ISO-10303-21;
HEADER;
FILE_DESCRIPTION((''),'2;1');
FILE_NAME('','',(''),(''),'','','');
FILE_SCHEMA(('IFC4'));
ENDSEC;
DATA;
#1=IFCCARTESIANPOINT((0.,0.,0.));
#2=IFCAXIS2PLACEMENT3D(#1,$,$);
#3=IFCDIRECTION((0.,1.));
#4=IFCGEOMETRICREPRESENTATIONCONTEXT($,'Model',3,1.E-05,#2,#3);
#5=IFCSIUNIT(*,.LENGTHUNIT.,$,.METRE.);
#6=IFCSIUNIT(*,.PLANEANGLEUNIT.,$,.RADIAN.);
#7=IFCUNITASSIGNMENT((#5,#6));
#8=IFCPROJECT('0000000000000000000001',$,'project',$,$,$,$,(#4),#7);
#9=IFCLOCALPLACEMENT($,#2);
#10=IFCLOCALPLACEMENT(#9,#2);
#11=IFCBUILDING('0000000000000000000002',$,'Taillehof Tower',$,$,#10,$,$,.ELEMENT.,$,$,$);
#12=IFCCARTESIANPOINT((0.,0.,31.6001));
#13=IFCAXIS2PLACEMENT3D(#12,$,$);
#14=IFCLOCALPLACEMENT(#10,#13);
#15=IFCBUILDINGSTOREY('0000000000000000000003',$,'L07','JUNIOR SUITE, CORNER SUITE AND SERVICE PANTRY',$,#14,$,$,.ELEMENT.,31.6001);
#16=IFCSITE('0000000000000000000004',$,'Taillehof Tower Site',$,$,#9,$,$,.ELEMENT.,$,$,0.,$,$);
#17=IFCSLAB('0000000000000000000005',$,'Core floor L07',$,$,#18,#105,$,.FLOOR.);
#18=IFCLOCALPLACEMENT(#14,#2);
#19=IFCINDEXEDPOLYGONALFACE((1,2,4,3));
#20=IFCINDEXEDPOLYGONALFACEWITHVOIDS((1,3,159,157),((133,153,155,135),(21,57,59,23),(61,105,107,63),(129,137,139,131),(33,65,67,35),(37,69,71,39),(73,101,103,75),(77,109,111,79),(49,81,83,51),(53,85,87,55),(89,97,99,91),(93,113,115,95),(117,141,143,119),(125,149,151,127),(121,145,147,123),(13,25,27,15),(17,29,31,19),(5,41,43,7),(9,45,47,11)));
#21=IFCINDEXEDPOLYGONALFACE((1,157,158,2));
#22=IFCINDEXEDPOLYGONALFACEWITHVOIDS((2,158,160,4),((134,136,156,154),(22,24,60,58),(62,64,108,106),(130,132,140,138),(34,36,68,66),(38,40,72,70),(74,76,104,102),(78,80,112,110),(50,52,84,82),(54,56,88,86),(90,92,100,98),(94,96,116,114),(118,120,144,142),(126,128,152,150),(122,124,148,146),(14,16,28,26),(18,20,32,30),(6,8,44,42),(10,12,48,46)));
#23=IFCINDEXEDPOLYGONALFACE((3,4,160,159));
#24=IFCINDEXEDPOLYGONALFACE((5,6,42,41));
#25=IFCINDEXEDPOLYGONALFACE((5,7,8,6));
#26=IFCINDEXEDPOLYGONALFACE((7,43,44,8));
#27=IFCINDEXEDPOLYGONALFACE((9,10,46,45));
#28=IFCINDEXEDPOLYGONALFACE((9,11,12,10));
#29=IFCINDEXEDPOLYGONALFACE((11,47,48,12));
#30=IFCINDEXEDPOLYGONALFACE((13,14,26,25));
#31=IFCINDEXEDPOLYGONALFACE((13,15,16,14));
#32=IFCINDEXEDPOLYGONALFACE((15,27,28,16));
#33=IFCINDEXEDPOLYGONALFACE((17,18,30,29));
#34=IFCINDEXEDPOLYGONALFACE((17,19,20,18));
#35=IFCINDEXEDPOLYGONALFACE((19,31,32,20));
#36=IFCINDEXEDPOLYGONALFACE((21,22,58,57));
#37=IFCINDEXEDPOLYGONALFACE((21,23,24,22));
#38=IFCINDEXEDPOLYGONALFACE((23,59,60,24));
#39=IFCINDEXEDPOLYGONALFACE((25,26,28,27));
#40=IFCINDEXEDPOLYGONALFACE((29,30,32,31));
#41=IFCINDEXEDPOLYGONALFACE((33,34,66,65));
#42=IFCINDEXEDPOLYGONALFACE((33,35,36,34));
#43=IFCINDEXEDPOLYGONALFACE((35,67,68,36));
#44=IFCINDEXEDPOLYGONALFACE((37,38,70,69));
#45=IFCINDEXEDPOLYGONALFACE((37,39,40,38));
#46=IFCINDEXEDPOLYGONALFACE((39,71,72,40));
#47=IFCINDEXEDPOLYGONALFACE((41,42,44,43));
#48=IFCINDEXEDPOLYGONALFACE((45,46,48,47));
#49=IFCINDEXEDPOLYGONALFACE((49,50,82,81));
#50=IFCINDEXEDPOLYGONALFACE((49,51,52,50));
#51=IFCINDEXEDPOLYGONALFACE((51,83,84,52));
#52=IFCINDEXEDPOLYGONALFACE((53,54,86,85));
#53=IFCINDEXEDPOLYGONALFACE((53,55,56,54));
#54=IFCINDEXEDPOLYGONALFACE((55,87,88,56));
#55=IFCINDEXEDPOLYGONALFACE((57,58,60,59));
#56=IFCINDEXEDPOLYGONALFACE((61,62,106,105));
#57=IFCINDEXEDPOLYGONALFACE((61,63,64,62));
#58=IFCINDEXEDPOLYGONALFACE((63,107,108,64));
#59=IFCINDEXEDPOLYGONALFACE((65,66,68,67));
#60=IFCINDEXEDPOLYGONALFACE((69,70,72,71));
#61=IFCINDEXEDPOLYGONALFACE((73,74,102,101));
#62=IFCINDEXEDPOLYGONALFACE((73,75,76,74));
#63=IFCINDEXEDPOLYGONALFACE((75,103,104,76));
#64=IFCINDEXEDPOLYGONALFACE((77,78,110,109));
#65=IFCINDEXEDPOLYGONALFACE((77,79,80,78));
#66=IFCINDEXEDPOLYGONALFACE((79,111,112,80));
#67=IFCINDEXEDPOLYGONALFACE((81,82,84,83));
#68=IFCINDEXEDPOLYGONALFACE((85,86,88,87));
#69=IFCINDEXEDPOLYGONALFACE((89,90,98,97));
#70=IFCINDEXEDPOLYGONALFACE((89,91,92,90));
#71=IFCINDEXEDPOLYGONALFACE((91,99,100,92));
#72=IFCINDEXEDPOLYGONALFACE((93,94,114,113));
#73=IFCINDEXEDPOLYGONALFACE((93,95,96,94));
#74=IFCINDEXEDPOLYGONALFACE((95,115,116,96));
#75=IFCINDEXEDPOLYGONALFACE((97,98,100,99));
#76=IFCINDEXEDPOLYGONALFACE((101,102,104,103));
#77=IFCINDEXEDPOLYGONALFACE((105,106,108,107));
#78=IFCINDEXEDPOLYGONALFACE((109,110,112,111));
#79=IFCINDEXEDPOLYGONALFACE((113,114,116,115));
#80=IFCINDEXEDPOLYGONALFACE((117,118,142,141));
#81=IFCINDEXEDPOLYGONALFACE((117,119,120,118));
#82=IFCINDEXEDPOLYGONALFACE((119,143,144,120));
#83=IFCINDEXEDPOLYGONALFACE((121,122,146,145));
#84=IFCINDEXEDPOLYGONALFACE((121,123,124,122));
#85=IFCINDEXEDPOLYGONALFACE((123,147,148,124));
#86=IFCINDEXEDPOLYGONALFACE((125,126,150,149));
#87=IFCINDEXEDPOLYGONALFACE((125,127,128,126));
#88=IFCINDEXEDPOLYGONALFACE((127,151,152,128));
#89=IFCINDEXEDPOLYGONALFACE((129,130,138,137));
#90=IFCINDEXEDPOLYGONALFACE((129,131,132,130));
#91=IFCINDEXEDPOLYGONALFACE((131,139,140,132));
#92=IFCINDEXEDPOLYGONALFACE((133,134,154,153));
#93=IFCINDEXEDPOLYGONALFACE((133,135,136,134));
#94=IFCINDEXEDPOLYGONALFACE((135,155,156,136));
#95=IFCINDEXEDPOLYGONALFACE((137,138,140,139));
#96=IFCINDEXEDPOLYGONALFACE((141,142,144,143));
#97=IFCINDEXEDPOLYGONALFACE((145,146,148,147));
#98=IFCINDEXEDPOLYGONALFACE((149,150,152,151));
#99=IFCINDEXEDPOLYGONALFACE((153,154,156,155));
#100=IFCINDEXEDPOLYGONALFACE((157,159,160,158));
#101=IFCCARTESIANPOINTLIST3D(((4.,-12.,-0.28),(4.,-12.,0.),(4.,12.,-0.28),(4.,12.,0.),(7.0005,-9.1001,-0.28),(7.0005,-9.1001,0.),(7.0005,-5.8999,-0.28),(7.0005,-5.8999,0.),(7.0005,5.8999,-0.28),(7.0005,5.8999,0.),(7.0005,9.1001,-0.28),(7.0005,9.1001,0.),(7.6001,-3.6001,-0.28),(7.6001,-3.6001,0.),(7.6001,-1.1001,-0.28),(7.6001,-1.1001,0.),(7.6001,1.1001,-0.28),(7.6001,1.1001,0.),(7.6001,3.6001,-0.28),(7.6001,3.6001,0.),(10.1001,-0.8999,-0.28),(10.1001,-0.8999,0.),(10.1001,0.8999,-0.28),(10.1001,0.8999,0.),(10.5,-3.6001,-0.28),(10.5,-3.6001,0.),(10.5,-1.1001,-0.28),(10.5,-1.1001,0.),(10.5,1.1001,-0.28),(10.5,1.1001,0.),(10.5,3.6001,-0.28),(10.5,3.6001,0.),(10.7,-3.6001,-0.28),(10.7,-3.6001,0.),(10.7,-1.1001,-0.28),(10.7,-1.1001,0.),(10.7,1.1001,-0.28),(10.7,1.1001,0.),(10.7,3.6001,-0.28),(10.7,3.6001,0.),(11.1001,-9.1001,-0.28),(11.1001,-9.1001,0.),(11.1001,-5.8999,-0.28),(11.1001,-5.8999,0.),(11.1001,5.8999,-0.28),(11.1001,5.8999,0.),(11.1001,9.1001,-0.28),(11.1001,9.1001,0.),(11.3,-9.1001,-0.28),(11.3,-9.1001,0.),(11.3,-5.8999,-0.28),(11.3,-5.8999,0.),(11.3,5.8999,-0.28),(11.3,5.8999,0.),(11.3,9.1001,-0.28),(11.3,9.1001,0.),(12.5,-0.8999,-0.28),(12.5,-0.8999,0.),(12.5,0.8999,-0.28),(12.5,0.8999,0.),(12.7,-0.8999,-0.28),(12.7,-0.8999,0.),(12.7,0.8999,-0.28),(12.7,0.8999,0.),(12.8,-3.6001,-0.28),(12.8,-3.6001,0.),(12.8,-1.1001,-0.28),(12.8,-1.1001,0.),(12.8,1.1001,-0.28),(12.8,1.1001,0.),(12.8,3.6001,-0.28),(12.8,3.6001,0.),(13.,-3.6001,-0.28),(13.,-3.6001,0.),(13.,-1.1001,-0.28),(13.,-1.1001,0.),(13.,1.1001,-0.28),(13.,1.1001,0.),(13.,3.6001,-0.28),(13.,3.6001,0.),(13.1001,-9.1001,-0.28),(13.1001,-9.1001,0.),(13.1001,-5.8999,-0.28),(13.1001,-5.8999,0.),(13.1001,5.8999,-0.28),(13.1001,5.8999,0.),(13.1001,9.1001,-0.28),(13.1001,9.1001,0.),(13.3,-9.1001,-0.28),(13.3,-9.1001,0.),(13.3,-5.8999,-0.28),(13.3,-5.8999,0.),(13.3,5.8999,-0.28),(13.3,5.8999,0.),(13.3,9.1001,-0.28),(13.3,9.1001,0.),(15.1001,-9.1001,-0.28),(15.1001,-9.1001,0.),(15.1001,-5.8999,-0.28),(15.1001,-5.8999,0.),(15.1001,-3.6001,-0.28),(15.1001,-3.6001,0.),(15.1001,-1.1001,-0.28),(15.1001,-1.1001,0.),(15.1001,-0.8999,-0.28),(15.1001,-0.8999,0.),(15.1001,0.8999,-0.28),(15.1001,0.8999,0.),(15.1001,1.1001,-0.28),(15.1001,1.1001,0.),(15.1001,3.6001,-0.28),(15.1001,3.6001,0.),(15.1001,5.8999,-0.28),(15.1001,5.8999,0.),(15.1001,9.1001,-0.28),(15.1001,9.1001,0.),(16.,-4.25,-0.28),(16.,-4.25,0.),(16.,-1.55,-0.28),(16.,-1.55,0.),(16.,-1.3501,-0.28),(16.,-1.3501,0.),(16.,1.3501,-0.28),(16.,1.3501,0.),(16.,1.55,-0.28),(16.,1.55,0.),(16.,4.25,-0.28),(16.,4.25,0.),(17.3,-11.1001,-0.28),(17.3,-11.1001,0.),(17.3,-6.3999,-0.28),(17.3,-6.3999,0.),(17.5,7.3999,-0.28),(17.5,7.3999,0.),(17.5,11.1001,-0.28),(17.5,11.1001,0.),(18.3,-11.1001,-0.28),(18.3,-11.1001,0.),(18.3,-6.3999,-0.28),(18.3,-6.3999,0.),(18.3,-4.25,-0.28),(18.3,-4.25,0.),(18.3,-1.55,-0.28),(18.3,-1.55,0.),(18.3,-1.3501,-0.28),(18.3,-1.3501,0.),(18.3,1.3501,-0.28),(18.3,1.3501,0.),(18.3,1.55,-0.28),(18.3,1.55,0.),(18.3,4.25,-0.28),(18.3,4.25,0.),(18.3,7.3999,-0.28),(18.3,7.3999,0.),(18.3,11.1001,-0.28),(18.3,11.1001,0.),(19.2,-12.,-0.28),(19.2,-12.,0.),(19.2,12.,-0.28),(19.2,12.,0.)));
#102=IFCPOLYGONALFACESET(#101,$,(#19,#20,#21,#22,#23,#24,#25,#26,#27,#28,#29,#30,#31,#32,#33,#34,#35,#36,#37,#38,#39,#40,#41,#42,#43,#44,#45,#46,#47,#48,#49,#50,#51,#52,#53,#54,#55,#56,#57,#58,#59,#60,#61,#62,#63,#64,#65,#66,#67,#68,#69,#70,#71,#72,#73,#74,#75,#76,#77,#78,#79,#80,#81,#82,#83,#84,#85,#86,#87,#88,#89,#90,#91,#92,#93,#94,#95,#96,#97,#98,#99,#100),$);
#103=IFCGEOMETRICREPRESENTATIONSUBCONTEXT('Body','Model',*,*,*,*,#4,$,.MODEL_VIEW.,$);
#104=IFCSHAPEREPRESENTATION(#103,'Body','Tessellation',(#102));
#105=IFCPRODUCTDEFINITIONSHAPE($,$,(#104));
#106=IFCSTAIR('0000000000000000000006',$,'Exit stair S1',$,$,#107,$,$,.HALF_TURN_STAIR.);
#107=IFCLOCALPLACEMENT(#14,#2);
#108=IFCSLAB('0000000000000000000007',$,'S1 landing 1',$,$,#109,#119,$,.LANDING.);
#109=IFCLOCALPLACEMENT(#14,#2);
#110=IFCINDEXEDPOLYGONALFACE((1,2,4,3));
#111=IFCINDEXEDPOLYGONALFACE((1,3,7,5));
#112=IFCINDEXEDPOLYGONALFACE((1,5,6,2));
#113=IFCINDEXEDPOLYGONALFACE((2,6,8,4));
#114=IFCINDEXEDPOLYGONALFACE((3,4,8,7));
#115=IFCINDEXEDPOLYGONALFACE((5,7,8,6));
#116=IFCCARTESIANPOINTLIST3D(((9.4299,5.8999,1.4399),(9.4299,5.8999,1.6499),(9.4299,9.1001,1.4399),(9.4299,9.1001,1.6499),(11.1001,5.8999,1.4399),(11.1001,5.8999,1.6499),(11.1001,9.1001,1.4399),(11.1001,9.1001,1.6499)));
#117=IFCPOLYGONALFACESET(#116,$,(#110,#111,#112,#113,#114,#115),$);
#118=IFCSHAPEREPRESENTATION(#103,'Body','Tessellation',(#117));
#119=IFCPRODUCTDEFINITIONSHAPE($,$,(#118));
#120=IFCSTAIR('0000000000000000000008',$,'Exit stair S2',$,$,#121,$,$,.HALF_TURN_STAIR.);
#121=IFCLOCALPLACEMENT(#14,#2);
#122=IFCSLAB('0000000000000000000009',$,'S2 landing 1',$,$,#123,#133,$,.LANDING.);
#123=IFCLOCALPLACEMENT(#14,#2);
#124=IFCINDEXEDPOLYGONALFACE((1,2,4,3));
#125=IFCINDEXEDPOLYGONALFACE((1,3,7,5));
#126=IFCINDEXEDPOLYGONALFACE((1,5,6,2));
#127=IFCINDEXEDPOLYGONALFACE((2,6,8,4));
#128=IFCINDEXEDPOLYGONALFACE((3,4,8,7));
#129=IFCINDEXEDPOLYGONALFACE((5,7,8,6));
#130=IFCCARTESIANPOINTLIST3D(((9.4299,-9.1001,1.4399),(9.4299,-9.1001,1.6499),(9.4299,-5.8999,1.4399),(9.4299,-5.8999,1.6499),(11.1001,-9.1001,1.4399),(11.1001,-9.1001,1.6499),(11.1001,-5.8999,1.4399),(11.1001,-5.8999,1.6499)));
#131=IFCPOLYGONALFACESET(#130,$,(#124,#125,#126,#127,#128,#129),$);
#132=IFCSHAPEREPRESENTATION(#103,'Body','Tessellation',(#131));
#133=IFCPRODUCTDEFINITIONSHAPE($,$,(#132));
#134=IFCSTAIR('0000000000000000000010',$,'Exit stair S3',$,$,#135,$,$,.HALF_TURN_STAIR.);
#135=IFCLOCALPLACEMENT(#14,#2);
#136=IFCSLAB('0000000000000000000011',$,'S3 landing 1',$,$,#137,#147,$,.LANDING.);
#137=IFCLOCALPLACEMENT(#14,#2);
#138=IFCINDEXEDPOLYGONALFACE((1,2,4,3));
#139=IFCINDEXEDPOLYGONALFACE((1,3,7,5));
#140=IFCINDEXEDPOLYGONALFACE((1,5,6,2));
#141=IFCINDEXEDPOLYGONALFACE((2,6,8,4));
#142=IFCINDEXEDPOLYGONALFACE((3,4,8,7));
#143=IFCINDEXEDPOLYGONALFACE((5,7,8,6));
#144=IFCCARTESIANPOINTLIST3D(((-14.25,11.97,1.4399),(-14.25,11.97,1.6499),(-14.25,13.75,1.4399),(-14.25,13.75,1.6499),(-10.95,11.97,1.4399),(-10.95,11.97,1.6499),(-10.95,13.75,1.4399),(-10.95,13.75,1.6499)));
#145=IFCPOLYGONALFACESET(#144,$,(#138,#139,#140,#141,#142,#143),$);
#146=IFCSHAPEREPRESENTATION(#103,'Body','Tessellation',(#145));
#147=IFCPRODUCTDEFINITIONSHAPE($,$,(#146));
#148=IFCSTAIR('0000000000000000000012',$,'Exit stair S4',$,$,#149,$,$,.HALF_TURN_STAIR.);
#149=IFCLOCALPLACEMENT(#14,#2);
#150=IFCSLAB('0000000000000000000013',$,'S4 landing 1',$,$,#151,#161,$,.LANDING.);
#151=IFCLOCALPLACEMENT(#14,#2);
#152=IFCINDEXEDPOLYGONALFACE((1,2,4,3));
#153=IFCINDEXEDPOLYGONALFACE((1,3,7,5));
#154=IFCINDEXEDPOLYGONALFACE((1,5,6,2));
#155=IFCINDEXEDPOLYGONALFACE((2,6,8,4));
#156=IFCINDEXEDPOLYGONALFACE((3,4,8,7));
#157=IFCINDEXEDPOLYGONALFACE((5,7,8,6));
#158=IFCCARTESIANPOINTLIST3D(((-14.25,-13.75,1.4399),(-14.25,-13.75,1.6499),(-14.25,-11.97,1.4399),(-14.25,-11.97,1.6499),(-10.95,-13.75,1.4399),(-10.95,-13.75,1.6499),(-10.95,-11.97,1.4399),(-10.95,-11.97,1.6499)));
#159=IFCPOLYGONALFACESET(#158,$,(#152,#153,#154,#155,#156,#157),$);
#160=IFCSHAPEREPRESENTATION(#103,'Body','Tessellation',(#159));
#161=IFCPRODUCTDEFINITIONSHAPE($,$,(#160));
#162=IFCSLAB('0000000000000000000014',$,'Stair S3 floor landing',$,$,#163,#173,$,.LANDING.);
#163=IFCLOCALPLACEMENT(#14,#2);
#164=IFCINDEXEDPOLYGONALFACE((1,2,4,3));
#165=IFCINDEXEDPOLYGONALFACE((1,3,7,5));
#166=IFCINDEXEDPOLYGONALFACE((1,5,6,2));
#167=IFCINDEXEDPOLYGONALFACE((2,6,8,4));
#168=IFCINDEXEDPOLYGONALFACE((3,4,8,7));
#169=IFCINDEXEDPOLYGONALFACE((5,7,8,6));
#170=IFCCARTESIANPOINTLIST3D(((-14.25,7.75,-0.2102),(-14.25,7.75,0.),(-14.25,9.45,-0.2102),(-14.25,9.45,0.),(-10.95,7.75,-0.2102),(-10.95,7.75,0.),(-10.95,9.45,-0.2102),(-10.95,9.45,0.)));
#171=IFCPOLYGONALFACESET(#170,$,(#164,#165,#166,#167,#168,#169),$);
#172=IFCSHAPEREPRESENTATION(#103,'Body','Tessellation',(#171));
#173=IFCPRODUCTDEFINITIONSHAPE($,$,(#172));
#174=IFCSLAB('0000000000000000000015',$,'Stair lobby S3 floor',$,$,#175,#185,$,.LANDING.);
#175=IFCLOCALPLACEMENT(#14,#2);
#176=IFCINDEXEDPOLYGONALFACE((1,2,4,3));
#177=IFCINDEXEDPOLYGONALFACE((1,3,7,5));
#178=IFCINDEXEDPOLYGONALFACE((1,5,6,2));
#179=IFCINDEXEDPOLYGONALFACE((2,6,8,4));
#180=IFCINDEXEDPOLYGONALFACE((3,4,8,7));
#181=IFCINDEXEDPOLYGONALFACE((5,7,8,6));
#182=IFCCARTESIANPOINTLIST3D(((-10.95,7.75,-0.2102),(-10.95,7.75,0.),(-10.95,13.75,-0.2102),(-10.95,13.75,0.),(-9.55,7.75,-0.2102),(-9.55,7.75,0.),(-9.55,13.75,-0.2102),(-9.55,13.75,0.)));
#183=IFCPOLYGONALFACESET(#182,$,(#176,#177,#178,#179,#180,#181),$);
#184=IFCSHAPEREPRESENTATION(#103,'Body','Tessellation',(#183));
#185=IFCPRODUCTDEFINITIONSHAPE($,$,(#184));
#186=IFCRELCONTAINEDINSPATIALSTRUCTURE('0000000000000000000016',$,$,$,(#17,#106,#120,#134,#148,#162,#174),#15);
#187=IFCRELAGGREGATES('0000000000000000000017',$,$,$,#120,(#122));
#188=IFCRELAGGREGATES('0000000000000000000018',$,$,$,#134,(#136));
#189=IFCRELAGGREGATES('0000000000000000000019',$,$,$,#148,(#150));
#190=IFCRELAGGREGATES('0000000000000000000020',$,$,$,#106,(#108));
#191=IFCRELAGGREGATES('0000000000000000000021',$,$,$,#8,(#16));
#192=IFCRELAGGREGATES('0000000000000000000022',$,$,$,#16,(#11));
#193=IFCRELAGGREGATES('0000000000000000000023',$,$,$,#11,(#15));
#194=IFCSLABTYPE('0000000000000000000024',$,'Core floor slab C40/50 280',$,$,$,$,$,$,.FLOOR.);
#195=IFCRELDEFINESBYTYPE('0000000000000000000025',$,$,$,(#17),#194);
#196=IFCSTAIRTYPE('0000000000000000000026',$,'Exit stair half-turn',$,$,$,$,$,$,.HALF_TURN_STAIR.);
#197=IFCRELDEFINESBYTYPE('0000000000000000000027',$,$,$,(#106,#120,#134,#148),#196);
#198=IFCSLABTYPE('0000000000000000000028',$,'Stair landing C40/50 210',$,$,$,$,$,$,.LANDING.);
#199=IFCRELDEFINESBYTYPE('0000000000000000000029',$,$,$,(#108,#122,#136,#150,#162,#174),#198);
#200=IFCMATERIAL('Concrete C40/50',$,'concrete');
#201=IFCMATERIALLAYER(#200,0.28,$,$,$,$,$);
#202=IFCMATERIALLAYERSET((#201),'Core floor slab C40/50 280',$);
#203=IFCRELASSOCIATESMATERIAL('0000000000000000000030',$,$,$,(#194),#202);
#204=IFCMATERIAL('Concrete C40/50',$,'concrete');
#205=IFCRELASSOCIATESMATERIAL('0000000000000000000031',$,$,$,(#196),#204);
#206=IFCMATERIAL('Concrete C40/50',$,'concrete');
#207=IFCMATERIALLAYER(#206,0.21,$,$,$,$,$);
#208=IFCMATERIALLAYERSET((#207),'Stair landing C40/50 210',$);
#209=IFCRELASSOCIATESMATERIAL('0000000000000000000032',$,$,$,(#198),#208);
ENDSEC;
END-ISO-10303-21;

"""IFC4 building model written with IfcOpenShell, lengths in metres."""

from ifc_helpers import new_model, si_unit, direction, frame, origin, place, context, subcontext, project, spatial, polyline, outline, extrude, material, layer, layer_set, type_object, element, aggregate, save


model = new_model("IFC4")

# Units and contexts
model_context = context("Model", 3, precision=1e-05, world=origin(), true_north=direction((0.0, 1.0)))
body_context = subcontext(model_context, "Body", "Model", "MODEL_VIEW")
ifc_project = project(units=[si_unit("LENGTHUNIT", "METRE"), si_unit("PLANEANGLEUNIT", "RADIAN")], contexts=[model_context])

# Site, building, storey
site_placement = place(None, origin())
site = spatial("IfcSite", under=ifc_project, at=site_placement, Name="Taillehof Tower Site", CompositionType="ELEMENT", RefElevation=0.0)
building_placement = place(site_placement, origin())
building = spatial("IfcBuilding", under=site, at=building_placement, Name="Taillehof Tower", CompositionType="ELEMENT")
storey_placement = place(building_placement, frame((0.0, 0.0, 31.6001)))
storey = spatial("IfcBuildingStorey", under=building, at=storey_placement, Name="L07", Description="JUNIOR SUITE, CORNER SUITE AND SERVICE PANTRY", CompositionType="ELEMENT", Elevation=31.6001)

# Slab
ifc_material_1 = material(Name="Concrete C40/50", Category="concrete")
ifc_layer_1 = layer(ifc_material_1, 0.28)
ifc_layer_set_1 = layer_set([ifc_layer_1], Name="Core floor slab C40/50 280")
slab_type_1 = type_object("IfcSlabType", Name="Core floor slab C40/50 280", PredefinedType="FLOOR", material=ifc_layer_set_1)
slab_1_placement = place(storey_placement, frame((0.0, 0.0, -0.28)))
element("IfcSlab", 1, at=slab_1_placement, inside=storey, type_object=slab_type_1, Name="Core floor L07", PredefinedType="FLOOR", context=body_context, shape_type="SweptSolid", body=[
    extrude(outline(polyline([(4.0, -12.0), (4.0, 12.0), (19.2, 12.0), (19.2, -12.0), (4.0, -12.0)]), holes=[polyline([(7.0005, -9.1001), (11.1001, -9.1001), (11.1001, -5.8999), (7.0005, -5.8999), (7.0005, -9.1001)]), polyline([(13.1001, -9.1001), (13.1001, -5.8999), (11.3, -5.8999), (11.3, -9.1001), (13.1001, -9.1001)]), polyline([(10.5, -3.6001), (10.5, -1.1001), (7.6001, -1.1001), (7.6001, -3.6001), (10.5, -3.6001)]), polyline([(12.8, -3.6001), (12.8, -1.1001), (10.7, -1.1001), (10.7, -3.6001), (12.8, -3.6001)]), polyline([(12.5, -0.8999), (12.5, 0.8999), (10.1001, 0.8999), (10.1001, -0.8999), (12.5, -0.8999)]), polyline([(15.1001, -0.8999), (15.1001, 0.8999), (12.7, 0.8999), (12.7, -0.8999), (15.1001, -0.8999)]), polyline([(10.5, 1.1001), (10.5, 3.6001), (7.6001, 3.6001), (7.6001, 1.1001), (10.5, 1.1001)]), polyline([(10.7, 1.1001), (12.8, 1.1001), (12.8, 3.6001), (10.7, 3.6001), (10.7, 1.1001)]), polyline([(11.3, 5.8999), (13.1001, 5.8999), (13.1001, 9.1001), (11.3, 9.1001), (11.3, 5.8999)]), polyline([(11.1001, 5.8999), (11.1001, 9.1001), (7.0005, 9.1001), (7.0005, 5.8999), (11.1001, 5.8999)]), polyline([(18.3, -11.1001), (18.3, -6.3999), (17.3, -6.3999), (17.3, -11.1001), (18.3, -11.1001)]), polyline([(15.1001, -9.1001), (15.1001, -5.8999), (13.3, -5.8999), (13.3, -9.1001), (15.1001, -9.1001)]), polyline([(16.0, -4.25), (18.3, -4.25), (18.3, -1.55), (16.0, -1.55), (16.0, -4.25)]), polyline([(13.0, -3.6001), (15.1001, -3.6001), (15.1001, -1.1001), (13.0, -1.1001), (13.0, -3.6001)]), polyline([(18.3, -1.3501), (18.3, 1.3501), (16.0, 1.3501), (16.0, -1.3501), (18.3, -1.3501)]), polyline([(15.1001, 1.1001), (15.1001, 3.6001), (13.0, 3.6001), (13.0, 1.1001), (15.1001, 1.1001)]), polyline([(18.3, 1.55), (18.3, 4.25), (16.0, 4.25), (16.0, 1.55), (18.3, 1.55)]), polyline([(13.3, 5.8999), (15.1001, 5.8999), (15.1001, 9.1001), (13.3, 9.1001), (13.3, 5.8999)]), polyline([(17.5, 7.3999), (18.3, 7.3999), (18.3, 11.1001), (17.5, 11.1001), (17.5, 7.3999)])]), origin(), (0.0, 0.0, 1.0), 0.28),
])

# Stairs, slabs
ifc_material_2 = material(Name="Concrete C40/50", Category="concrete")
stair_type = type_object("IfcStairType", Name="Exit stair half-turn", PredefinedType="HALF_TURN_STAIR", material=ifc_material_2)
stair_1_placement = place(storey_placement, origin())
stair_1 = element("IfcStair", 2, at=stair_1_placement, inside=storey, type_object=stair_type, Name="Exit stair S1", PredefinedType="HALF_TURN_STAIR")
ifc_material_3 = material(Name="Concrete C40/50", Category="concrete")
ifc_layer_2 = layer(ifc_material_3, 0.21)
ifc_layer_set_2 = layer_set([ifc_layer_2], Name="Stair landing C40/50 210")
slab_type_2 = type_object("IfcSlabType", Name="Stair landing C40/50 210", PredefinedType="LANDING", material=ifc_layer_set_2)
slab_2_placement = place(storey_placement, frame((0.0, 0.0, 1.4399)))
slab_2 = element("IfcSlab", 3, at=slab_2_placement, type_object=slab_type_2, Name="S1 landing 1", PredefinedType="LANDING", context=body_context, shape_type="SweptSolid", body=[
    extrude(outline(polyline([(9.4299, 5.8999), (11.1001, 5.8999), (11.1001, 9.1001), (9.4299, 9.1001), (9.4299, 5.8999)])), origin(), (0.0, 0.0, 1.0), 0.21),
])
stair_2_placement = place(storey_placement, origin())
stair_2 = element("IfcStair", 4, at=stair_2_placement, inside=storey, type_object=stair_type, Name="Exit stair S2", PredefinedType="HALF_TURN_STAIR")
slab_3_placement = place(storey_placement, frame((0.0, 0.0, 1.4399)))
slab_3 = element("IfcSlab", 5, at=slab_3_placement, type_object=slab_type_2, Name="S2 landing 1", PredefinedType="LANDING", context=body_context, shape_type="SweptSolid", body=[
    extrude(outline(polyline([(9.4299, -5.8999), (11.1001, -5.8999), (11.1001, -9.1001), (9.4299, -9.1001), (9.4299, -5.8999)])), origin(), (0.0, 0.0, 1.0), 0.21),
])
aggregate(stair_2, [slab_3])
stair_3_placement = place(storey_placement, origin())
stair_3 = element("IfcStair", 6, at=stair_3_placement, inside=storey, type_object=stair_type, Name="Exit stair S3", PredefinedType="HALF_TURN_STAIR")
slab_4_placement = place(storey_placement, frame((0.0, 0.0, 1.4399)))
slab_4 = element("IfcSlab", 7, at=slab_4_placement, type_object=slab_type_2, Name="S3 landing 1", PredefinedType="LANDING", context=body_context, shape_type="SweptSolid", body=[
    extrude(outline(polyline([(-14.25, 11.97), (-14.25, 13.75), (-10.95, 13.75), (-10.95, 11.97), (-14.25, 11.97)])), origin(), (0.0, 0.0, 1.0), 0.21),
])
aggregate(stair_3, [slab_4])
stair_4_placement = place(storey_placement, origin())
stair_4 = element("IfcStair", 8, at=stair_4_placement, inside=storey, type_object=stair_type, Name="Exit stair S4", PredefinedType="HALF_TURN_STAIR")
slab_5_placement = place(storey_placement, frame((0.0, 0.0, 1.4399)))
slab_5 = element("IfcSlab", 9, at=slab_5_placement, type_object=slab_type_2, Name="S4 landing 1", PredefinedType="LANDING", context=body_context, shape_type="SweptSolid", body=[
    extrude(outline(polyline([(-14.25, -11.97), (-14.25, -13.75), (-10.95, -13.75), (-10.95, -11.97), (-14.25, -11.97)])), origin(), (0.0, 0.0, 1.0), 0.21),
])
aggregate(stair_4, [slab_5])

# Slabs
slab_6_placement = place(storey_placement, frame((0.0, 0.0, -0.2102)))
element("IfcSlab", 10, at=slab_6_placement, inside=storey, type_object=slab_type_2, Name="Stair S3 floor landing", PredefinedType="LANDING", context=body_context, shape_type="SweptSolid", body=[
    extrude(outline(polyline([(-14.25, 7.75), (-14.25, 9.45), (-10.95, 9.45), (-10.95, 7.75), (-14.25, 7.75)])), origin(), (0.0, 0.0, 1.0), 0.2102),
])
slab_7_placement = place(storey_placement, frame((0.0, 0.0, -0.2102)))
element("IfcSlab", 11, at=slab_7_placement, inside=storey, type_object=slab_type_2, Name="Stair lobby S3 floor", PredefinedType="LANDING", context=body_context, shape_type="SweptSolid", body=[
    extrude(outline(polyline([(-10.95, 7.75), (-9.55, 7.75), (-9.55, 13.75), (-10.95, 13.75), (-10.95, 7.75)])), origin(), (0.0, 0.0, 1.0), 0.2102),
])

aggregate(stair_1, [slab_2])

save(model, "model.ifc")
